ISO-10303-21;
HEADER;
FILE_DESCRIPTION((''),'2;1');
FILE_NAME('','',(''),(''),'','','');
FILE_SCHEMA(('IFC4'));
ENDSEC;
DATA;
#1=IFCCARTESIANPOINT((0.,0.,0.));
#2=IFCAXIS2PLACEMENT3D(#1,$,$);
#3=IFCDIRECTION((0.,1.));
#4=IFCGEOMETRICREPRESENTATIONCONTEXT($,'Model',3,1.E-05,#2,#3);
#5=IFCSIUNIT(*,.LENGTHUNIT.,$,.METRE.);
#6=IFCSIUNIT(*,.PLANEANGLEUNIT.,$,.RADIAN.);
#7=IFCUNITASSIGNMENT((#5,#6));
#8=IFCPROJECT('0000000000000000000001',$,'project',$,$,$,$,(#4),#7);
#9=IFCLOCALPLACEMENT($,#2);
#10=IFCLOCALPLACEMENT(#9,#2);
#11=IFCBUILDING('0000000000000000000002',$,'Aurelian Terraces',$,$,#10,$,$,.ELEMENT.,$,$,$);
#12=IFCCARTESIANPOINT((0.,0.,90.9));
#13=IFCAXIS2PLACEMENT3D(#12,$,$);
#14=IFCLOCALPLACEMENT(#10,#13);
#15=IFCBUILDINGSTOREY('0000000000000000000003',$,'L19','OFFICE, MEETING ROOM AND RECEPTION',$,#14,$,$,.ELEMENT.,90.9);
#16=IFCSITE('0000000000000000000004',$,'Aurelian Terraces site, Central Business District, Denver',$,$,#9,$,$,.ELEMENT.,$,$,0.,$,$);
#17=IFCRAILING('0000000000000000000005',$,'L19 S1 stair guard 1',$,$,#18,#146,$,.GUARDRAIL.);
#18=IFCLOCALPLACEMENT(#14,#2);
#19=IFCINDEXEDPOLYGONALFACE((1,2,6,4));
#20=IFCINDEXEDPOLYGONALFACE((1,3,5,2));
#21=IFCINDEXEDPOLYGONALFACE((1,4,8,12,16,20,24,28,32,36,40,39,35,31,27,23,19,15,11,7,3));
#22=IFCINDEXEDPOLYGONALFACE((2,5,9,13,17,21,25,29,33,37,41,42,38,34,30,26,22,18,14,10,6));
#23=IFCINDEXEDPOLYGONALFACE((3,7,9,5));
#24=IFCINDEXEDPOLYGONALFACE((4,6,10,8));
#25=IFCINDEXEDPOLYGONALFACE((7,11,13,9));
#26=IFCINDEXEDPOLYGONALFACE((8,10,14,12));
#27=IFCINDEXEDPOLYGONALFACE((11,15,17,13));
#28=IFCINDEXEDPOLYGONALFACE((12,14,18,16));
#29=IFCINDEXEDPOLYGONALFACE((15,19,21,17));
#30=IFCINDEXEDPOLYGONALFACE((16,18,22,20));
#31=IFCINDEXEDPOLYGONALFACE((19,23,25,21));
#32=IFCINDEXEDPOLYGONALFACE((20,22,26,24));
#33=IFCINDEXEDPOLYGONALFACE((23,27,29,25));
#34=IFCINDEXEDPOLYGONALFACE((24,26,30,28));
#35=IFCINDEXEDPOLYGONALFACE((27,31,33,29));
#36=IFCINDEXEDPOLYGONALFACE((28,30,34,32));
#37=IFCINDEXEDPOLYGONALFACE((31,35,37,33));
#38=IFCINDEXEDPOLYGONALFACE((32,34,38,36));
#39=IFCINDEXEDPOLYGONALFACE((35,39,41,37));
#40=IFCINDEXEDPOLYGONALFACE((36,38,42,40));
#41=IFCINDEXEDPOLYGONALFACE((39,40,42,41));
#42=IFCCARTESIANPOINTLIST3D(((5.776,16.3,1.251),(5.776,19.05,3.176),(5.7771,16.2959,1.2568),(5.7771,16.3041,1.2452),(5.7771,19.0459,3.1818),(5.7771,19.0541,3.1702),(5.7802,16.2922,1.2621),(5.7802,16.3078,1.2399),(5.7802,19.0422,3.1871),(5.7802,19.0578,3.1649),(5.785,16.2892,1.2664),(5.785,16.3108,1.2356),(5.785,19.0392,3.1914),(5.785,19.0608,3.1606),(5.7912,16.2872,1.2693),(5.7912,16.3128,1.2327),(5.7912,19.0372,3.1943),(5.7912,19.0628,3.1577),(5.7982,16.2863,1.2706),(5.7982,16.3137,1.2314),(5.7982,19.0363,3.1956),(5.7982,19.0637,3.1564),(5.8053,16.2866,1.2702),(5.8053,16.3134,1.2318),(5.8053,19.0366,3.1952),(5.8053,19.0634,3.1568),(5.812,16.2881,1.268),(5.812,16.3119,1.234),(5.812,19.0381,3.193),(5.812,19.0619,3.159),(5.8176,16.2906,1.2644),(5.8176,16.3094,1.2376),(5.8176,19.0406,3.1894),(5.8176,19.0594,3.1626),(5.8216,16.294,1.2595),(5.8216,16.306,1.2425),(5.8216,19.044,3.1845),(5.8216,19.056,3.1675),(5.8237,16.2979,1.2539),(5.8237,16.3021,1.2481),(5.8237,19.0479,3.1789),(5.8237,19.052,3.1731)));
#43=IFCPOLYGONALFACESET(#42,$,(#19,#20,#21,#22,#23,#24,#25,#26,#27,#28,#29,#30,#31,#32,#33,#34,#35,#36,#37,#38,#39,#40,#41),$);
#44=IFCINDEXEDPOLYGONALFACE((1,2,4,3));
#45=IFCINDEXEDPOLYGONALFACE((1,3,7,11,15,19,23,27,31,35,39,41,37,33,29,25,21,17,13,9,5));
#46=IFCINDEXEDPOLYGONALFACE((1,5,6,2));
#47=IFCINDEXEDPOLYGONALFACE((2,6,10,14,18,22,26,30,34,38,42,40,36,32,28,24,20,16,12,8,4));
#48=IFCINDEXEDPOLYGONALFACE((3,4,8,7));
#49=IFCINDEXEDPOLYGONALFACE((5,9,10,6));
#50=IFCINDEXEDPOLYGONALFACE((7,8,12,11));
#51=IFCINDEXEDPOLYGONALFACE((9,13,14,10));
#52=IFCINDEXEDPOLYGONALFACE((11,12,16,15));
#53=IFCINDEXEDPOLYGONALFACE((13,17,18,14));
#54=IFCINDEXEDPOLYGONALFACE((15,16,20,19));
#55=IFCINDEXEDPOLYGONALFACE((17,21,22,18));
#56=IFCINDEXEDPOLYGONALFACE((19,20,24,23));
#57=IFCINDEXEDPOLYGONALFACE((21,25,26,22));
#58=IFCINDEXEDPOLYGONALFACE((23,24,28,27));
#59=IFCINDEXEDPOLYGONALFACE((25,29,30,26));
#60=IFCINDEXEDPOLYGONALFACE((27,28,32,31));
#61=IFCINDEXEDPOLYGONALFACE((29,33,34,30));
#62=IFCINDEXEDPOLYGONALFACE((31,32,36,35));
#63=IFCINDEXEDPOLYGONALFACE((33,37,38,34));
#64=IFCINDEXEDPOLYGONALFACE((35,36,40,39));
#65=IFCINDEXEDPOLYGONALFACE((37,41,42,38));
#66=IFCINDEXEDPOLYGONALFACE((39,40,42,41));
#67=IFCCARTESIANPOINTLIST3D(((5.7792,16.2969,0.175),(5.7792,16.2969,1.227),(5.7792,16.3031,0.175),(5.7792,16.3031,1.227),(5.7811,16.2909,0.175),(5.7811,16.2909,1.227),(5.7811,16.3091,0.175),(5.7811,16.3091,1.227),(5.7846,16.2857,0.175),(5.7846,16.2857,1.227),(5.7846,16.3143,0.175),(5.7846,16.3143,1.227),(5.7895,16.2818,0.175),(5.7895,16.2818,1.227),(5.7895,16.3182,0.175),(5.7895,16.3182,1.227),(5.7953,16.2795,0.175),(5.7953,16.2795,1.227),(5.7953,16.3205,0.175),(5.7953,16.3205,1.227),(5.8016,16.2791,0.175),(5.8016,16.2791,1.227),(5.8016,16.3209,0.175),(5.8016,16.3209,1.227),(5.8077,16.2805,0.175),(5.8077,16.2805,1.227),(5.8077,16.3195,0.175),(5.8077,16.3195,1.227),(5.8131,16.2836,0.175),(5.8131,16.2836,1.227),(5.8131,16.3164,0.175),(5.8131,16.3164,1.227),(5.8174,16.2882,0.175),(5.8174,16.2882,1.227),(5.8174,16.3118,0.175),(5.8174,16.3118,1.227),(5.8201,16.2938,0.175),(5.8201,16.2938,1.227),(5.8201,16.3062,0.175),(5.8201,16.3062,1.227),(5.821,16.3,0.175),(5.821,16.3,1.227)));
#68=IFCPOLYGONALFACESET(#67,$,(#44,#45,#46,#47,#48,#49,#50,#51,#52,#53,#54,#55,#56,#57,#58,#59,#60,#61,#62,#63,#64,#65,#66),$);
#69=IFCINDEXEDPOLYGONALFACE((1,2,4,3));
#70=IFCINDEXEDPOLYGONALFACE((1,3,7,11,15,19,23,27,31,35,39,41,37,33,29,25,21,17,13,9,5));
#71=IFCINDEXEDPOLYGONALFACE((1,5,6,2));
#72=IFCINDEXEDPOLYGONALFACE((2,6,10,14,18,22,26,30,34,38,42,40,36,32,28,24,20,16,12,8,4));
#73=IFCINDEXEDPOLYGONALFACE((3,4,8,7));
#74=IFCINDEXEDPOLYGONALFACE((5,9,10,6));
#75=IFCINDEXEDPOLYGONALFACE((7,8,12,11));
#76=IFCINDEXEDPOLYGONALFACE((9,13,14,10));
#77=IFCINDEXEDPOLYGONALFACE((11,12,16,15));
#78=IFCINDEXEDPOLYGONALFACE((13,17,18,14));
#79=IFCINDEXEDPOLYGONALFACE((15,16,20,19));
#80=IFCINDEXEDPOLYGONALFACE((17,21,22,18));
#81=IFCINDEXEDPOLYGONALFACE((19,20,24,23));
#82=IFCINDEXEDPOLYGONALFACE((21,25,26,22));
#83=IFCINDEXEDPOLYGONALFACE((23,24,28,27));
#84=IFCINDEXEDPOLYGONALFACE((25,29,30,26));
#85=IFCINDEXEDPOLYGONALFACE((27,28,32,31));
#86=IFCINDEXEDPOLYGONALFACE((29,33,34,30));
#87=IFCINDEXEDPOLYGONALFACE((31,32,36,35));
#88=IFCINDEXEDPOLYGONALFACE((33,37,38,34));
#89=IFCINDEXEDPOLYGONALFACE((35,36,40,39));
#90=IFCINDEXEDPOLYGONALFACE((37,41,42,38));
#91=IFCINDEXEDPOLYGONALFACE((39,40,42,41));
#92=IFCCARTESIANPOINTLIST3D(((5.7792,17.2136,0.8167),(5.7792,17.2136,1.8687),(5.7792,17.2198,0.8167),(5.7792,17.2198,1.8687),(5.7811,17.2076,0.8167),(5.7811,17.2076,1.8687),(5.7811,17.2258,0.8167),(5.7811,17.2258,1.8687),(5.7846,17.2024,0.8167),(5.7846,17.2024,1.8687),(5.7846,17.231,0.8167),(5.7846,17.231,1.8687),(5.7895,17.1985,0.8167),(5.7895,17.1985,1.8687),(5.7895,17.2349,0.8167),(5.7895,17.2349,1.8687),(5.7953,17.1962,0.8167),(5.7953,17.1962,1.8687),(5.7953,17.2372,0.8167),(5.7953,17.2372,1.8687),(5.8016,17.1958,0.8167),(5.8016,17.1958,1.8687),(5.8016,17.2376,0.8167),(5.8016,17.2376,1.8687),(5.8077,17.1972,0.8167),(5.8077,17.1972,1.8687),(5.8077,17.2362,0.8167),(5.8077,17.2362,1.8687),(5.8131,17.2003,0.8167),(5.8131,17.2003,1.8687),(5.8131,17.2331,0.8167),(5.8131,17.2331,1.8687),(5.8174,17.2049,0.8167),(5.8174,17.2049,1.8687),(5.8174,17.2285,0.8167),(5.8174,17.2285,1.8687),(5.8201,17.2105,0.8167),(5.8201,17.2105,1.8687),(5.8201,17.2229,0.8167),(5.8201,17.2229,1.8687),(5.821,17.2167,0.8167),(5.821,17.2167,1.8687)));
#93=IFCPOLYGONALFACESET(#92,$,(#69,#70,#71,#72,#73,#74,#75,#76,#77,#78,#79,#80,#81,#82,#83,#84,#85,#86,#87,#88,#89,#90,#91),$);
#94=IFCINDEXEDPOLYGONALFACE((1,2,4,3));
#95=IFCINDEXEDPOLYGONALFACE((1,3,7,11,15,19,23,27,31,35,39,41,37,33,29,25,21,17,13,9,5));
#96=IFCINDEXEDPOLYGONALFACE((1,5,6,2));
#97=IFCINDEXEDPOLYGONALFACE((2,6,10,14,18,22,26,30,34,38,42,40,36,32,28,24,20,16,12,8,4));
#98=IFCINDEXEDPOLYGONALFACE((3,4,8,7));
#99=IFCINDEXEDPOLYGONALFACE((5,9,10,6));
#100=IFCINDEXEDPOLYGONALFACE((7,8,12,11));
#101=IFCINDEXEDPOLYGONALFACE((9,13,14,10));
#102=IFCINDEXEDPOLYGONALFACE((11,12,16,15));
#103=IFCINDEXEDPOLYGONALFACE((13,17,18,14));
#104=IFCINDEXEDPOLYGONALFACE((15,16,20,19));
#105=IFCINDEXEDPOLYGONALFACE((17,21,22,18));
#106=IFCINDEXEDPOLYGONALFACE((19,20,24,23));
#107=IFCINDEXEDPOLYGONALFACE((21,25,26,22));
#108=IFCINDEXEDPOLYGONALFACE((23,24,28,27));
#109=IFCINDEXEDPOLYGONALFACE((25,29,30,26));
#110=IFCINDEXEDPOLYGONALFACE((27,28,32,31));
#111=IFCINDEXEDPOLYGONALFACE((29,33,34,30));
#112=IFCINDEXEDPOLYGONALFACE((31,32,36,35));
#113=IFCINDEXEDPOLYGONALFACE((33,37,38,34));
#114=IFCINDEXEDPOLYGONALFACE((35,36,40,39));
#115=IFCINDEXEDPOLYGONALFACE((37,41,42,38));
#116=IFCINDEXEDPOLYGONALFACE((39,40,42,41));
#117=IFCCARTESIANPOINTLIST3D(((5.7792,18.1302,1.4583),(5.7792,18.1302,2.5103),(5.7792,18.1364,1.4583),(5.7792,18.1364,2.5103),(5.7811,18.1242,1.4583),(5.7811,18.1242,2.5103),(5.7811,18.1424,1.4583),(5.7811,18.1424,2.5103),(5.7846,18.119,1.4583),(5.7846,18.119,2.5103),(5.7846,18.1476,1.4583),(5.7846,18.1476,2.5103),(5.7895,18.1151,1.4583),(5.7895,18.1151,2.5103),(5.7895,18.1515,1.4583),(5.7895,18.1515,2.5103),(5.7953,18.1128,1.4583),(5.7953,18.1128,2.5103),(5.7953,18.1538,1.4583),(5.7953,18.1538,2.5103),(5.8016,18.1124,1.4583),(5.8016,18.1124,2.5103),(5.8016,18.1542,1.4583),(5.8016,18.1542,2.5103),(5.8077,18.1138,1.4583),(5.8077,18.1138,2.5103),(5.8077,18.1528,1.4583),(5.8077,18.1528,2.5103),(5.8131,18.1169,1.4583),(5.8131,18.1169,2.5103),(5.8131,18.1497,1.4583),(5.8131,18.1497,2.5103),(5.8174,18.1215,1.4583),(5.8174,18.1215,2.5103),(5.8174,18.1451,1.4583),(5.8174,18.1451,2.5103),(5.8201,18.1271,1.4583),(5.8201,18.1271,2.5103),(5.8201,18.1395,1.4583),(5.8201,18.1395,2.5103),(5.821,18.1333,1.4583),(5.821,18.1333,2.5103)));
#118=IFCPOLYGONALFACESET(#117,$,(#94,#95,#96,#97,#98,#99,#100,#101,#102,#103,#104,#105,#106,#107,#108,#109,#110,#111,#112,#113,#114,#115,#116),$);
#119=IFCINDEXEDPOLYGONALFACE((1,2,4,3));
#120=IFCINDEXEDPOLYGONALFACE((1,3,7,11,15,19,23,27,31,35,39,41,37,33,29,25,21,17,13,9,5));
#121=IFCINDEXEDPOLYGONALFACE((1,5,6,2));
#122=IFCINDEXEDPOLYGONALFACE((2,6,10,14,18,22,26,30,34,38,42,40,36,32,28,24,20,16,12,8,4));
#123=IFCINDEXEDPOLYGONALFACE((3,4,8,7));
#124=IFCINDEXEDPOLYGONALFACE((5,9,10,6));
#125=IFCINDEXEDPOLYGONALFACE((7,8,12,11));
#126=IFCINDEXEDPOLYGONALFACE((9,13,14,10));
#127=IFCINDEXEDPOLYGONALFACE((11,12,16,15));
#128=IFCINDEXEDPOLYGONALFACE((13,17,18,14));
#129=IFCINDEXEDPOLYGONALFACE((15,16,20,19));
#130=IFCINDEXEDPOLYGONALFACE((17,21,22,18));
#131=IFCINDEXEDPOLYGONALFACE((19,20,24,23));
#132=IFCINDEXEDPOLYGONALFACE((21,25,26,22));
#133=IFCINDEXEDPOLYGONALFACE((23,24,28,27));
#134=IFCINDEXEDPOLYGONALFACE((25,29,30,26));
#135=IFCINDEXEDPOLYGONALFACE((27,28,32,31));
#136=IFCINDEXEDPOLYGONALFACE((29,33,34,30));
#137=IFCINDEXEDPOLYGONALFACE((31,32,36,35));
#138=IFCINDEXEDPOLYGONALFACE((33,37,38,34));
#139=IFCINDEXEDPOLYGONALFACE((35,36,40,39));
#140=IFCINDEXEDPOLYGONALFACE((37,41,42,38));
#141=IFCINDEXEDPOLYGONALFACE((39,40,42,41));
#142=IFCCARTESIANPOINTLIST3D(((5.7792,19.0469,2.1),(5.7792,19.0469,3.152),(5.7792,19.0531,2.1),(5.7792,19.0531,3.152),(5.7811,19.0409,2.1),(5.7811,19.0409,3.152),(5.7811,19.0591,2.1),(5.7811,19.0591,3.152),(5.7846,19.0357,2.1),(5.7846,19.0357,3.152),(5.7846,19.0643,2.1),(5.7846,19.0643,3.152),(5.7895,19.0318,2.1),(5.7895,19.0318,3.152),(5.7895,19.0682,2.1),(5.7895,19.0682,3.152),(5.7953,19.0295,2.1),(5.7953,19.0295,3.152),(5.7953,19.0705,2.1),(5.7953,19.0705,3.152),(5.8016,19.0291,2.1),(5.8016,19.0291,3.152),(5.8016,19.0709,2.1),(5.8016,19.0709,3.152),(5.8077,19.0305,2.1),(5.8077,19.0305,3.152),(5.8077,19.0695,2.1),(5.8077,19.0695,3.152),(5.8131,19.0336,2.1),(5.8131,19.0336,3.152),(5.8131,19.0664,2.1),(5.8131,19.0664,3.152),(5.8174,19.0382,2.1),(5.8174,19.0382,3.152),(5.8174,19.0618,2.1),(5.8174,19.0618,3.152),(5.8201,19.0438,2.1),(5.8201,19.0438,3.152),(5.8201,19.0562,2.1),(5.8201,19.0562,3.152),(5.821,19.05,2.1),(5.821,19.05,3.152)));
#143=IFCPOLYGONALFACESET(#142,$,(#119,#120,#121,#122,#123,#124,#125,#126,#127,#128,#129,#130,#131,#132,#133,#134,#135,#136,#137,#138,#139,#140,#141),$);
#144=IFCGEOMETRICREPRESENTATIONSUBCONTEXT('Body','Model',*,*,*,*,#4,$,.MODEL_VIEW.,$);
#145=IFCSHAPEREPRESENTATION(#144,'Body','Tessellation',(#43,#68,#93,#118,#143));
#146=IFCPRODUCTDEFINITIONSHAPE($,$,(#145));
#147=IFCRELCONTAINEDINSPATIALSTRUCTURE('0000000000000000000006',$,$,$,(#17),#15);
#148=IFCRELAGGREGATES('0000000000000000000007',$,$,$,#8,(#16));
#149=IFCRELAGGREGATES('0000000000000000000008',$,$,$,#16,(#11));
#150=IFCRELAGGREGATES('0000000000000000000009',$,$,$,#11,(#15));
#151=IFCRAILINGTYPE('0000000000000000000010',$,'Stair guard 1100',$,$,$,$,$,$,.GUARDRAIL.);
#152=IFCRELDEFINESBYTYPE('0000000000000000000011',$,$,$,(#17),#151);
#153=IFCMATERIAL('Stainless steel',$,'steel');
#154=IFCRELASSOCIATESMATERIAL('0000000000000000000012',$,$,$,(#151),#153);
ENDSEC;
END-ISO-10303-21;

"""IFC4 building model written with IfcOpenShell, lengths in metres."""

from ifc_helpers import new_model, si_unit, direction, frame, origin, origin_2d, place, context, subcontext, project, spatial, circle, extrude, source, transform, mapped, material, type_object, element, save


model = new_model("IFC4")

# Units and contexts
model_context = context("Model", 3, precision=1e-05, world=origin(), true_north=direction((0.0, 1.0)))
body_context = subcontext(model_context, "Body", "Model", "MODEL_VIEW")
ifc_project = project(units=[si_unit("LENGTHUNIT", "METRE"), si_unit("PLANEANGLEUNIT", "RADIAN")], contexts=[model_context])

# Site, building, storey
site_placement = place(None, origin())
site = spatial("IfcSite", under=ifc_project, at=site_placement, Name="Aurelian Terraces site, Central Business District, Denver", CompositionType="ELEMENT", RefElevation=0.0)
building_placement = place(site_placement, origin())
building = spatial("IfcBuilding", under=site, at=building_placement, Name="Aurelian Terraces", CompositionType="ELEMENT")
storey_placement = place(building_placement, frame((0.0, 0.0, 90.9)))
storey = spatial("IfcBuildingStorey", under=building, at=storey_placement, Name="L19", Description="OFFICE, MEETING ROOM AND RECEPTION", CompositionType="ELEMENT", Elevation=90.9)

# Railing
ifc_material_1 = material(Name="Stainless steel", Category="steel")
railing_type_1 = type_object("IfcRailingType", Name="Stair guard 1100", PredefinedType="GUARDRAIL", material=ifc_material_1)
shared_shape_1 = source(origin(), body_context, "Body", "SweptSolid", [
    extrude(circle(Radius=0.024, at=origin_2d()), frame((0.0, 0.0, 1.076), z_axis=(0.0, 0.819232, 0.573462), x_axis=(-1.0, 0.0, 0.0)), (0.0, 0.0, 1.0), 3.3568),
    extrude(circle(Radius=0.021, at=origin_2d()), origin(), (0.0, 0.0, 1.0), 1.052),
    extrude(circle(Radius=0.021, at=origin_2d()), frame((0.0, 0.9167, 0.6417)), (0.0, 0.0, 1.0), 1.052),
    extrude(circle(Radius=0.021, at=origin_2d()), frame((0.0, 1.8333, 1.2833)), (0.0, 0.0, 1.0), 1.052),
    extrude(circle(Radius=0.021, at=origin_2d()), frame((0.0, 2.75, 1.925)), (0.0, 0.0, 1.0), 1.052),
])
railing_1_placement = place(storey_placement, frame((5.8, 16.3, 0.175)))
element("IfcRailing", 1, at=railing_1_placement, inside=storey, type_object=railing_type_1, Name="L19 S1 stair guard 1", PredefinedType="GUARDRAIL", context=body_context, shape_type="MappedRepresentation", body=[
    mapped(shared_shape_1, transform((0.0, 0.0, 0.0), scale=1.0)),
])

save(model, "model.ifc")
